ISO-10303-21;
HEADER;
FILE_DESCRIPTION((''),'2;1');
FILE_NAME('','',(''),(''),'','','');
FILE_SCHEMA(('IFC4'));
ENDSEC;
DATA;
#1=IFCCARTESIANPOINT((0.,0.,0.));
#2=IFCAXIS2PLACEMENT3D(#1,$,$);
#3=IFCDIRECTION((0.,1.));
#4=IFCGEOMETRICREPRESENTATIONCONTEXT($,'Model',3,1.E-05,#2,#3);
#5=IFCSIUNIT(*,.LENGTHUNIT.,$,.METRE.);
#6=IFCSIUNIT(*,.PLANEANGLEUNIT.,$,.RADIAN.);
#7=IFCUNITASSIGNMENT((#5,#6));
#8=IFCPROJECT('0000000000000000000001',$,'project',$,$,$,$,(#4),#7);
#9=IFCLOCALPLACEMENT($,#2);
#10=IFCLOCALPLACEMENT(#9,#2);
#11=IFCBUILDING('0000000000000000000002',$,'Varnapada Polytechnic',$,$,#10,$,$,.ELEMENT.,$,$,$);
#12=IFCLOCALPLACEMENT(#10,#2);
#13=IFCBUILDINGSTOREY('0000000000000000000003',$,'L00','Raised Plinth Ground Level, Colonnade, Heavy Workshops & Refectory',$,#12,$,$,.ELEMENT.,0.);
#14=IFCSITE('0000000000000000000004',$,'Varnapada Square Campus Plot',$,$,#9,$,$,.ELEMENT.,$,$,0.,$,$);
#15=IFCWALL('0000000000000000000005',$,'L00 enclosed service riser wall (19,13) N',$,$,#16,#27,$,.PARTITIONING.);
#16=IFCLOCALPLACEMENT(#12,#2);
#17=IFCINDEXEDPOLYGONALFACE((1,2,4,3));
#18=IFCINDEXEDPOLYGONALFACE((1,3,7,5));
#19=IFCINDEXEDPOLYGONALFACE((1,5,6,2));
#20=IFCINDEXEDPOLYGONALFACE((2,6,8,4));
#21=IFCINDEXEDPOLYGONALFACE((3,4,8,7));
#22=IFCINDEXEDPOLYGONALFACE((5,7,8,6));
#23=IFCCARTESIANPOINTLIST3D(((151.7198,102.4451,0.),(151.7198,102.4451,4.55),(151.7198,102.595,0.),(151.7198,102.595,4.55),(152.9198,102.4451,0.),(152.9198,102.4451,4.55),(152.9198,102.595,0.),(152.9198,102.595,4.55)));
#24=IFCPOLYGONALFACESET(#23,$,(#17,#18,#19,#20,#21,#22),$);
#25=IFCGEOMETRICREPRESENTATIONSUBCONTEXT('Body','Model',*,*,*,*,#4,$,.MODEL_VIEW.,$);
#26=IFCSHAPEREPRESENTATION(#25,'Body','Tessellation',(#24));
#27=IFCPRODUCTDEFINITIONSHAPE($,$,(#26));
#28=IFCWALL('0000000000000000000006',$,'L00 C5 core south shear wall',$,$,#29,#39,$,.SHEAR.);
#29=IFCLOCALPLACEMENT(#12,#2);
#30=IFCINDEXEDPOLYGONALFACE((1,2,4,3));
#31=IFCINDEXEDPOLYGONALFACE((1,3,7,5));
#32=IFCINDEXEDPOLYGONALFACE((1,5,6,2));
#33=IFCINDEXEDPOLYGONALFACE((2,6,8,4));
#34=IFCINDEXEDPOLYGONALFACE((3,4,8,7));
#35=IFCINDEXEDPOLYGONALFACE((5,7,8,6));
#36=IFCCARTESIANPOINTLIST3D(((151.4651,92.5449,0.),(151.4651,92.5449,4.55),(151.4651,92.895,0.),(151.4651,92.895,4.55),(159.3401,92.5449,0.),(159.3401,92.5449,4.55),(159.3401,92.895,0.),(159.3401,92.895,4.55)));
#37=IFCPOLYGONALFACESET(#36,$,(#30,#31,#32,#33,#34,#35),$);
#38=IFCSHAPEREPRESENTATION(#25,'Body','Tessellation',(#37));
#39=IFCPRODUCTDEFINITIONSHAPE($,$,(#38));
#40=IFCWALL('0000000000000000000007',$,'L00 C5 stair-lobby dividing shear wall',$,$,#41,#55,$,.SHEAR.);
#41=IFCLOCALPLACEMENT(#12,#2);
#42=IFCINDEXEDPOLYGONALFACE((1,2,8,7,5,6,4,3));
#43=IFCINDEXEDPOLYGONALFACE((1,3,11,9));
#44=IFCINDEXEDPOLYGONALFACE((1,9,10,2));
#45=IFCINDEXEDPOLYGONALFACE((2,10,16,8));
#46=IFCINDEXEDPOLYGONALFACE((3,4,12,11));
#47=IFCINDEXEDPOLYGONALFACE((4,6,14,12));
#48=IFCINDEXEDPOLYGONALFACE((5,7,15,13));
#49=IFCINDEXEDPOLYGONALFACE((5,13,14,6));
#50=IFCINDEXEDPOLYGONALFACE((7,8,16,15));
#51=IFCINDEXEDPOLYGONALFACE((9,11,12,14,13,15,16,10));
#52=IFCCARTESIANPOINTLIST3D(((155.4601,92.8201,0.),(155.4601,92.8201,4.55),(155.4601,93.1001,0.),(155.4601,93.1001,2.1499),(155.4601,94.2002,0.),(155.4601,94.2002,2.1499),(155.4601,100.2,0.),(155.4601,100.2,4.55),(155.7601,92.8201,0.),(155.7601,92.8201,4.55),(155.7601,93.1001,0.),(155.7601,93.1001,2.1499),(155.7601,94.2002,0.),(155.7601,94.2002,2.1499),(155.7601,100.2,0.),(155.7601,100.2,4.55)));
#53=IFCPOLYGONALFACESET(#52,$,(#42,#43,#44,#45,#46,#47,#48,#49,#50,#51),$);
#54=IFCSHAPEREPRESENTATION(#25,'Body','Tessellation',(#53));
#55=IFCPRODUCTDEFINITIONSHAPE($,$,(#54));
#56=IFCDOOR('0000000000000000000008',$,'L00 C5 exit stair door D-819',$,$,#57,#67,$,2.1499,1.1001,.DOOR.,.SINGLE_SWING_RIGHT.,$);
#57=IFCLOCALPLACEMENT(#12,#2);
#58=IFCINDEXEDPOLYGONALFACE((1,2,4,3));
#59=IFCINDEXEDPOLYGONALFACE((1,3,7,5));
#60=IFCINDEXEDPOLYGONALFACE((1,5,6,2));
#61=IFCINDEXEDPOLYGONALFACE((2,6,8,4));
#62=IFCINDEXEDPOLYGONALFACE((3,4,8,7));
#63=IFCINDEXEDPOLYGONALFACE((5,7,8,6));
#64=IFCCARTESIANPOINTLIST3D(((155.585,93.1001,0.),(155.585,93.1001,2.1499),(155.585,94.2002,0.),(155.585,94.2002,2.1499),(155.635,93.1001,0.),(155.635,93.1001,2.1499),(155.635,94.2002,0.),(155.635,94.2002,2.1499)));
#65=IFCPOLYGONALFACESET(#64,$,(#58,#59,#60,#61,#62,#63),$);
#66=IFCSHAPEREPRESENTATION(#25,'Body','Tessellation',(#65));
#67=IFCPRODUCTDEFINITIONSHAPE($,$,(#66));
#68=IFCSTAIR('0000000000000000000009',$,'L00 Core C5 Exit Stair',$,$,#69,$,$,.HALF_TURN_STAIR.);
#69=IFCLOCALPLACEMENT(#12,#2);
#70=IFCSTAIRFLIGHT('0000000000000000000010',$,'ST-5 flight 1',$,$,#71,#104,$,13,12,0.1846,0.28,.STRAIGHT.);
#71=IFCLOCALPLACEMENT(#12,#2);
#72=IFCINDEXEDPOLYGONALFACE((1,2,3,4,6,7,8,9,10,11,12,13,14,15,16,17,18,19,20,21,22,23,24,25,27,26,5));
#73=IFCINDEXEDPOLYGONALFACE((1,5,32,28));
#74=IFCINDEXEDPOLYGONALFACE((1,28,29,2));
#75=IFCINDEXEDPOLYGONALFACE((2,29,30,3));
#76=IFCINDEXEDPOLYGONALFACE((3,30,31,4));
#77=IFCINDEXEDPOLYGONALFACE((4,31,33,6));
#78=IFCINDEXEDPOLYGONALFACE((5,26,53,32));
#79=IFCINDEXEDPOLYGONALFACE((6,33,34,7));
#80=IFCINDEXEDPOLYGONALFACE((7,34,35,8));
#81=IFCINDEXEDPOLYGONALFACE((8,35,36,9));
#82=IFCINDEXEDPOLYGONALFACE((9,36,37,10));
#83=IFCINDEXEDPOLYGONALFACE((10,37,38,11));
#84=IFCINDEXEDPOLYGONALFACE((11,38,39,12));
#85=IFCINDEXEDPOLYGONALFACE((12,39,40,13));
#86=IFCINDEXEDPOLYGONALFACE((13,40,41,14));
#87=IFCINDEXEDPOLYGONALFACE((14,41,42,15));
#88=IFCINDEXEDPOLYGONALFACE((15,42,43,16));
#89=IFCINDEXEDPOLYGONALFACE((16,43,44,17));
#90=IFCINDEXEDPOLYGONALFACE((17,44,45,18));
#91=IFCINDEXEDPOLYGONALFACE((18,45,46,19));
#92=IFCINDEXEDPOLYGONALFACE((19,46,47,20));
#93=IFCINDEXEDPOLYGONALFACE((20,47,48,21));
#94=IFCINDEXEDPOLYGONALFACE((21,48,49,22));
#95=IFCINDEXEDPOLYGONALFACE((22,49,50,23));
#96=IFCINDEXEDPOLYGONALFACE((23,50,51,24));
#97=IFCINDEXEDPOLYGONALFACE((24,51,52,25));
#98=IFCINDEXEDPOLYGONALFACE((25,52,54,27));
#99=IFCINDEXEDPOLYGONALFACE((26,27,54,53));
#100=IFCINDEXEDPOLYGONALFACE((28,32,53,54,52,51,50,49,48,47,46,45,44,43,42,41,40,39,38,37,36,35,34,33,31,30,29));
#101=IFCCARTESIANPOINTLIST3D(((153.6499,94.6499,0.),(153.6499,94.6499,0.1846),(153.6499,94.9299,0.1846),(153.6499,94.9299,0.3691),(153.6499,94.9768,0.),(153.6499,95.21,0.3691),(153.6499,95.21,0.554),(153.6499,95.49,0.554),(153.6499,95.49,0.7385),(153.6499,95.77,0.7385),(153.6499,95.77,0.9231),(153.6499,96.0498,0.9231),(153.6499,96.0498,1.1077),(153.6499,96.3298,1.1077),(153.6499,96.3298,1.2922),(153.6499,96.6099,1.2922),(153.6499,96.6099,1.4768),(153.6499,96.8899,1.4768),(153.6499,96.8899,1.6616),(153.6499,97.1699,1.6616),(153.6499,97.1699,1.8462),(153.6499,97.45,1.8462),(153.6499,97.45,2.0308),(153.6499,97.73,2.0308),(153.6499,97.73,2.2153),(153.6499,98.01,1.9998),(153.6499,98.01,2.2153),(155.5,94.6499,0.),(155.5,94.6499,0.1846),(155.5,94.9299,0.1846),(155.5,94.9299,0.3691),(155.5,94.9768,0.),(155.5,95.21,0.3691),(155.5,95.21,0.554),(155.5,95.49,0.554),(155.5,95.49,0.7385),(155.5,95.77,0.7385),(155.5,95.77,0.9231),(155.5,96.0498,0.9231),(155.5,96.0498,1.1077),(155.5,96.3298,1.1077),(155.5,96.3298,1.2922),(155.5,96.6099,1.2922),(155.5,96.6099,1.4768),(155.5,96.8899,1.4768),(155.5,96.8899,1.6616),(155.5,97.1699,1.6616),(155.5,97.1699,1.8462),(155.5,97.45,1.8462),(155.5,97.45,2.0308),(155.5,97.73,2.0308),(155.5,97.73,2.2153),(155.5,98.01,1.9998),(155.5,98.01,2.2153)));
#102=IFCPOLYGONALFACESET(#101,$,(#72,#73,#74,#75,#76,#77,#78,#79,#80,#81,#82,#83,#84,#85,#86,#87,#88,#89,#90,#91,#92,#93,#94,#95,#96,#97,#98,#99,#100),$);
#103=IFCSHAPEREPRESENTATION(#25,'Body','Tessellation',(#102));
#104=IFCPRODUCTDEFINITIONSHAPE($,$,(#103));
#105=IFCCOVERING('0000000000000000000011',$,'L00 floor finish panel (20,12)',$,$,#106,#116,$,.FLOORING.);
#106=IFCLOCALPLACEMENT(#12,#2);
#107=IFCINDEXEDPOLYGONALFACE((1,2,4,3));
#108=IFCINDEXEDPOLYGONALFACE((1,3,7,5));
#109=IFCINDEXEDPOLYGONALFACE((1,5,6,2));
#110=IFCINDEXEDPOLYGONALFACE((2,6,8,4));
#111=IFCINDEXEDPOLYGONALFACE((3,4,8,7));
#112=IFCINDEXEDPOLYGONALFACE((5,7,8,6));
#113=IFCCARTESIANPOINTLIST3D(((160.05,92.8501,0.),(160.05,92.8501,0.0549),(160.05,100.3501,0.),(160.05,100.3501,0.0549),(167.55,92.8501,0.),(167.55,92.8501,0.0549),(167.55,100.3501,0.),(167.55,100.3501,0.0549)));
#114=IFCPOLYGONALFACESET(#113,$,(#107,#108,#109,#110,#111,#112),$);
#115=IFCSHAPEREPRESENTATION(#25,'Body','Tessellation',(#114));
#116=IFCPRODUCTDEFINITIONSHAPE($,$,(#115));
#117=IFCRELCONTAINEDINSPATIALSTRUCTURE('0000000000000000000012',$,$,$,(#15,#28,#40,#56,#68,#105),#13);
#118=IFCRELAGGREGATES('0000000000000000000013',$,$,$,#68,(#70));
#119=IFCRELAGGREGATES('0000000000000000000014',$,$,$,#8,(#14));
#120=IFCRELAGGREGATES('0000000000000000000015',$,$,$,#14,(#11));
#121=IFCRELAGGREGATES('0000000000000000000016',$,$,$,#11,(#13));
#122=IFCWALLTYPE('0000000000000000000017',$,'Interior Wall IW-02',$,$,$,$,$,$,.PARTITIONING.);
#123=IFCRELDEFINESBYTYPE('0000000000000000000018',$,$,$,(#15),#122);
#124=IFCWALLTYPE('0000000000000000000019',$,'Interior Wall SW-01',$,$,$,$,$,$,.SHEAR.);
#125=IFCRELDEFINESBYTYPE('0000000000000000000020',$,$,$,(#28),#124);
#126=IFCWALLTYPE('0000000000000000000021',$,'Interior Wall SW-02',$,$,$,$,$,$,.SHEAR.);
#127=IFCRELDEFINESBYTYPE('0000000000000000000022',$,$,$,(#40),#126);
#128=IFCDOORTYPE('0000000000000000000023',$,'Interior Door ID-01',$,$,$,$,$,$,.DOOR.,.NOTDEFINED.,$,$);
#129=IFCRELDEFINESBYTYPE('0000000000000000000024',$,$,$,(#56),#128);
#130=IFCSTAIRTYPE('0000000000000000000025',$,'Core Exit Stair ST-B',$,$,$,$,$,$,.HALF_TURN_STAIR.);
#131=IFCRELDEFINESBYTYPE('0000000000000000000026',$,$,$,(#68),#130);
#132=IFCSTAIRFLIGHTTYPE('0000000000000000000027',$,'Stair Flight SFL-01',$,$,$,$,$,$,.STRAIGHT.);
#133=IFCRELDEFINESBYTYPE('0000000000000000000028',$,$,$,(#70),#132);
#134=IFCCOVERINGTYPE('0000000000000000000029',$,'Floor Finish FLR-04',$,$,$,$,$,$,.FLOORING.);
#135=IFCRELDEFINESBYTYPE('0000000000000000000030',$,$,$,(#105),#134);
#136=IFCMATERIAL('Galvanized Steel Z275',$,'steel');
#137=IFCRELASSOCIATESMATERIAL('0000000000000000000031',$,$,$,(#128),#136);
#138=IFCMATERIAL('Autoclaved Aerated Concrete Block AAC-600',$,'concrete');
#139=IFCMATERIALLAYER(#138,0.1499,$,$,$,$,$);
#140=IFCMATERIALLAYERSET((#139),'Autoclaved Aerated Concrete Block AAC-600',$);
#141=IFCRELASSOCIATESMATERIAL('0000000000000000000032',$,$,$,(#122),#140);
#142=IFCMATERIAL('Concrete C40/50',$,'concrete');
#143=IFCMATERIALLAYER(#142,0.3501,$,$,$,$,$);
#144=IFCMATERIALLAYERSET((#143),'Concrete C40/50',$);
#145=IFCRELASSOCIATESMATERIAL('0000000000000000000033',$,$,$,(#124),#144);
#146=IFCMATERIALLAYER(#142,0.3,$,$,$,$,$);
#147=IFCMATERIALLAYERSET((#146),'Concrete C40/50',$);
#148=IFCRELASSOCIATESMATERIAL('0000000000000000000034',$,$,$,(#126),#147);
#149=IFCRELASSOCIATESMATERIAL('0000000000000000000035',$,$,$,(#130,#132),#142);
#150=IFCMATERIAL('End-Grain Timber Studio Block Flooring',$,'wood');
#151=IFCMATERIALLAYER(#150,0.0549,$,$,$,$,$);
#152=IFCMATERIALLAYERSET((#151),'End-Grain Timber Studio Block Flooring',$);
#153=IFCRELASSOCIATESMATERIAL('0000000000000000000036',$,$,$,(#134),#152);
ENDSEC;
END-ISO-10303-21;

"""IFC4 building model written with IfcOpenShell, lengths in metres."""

from ifc_helpers import new_model, si_unit, direction, frame, frame_2d, origin, origin_2d, place, context, subcontext, project, spatial, polyline, rectangle, outline, extrude, material, layer, layer_set, type_object, element, fill, aggregate, save


model = new_model("IFC4")

# Units and contexts
model_context = context("Model", 3, precision=1e-05, world=origin(), true_north=direction((0.0, 1.0)))
body_context = subcontext(model_context, "Body", "Model", "MODEL_VIEW")
ifc_project = project(units=[si_unit("LENGTHUNIT", "METRE"), si_unit("PLANEANGLEUNIT", "RADIAN")], contexts=[model_context])

# Site, building, storey
site_placement = place(None, origin())
site = spatial("IfcSite", under=ifc_project, at=site_placement, Name="Varnapada Square Campus Plot", CompositionType="ELEMENT", RefElevation=0.0)
building_placement = place(site_placement, origin())
building = spatial("IfcBuilding", under=site, at=building_placement, Name="Varnapada Polytechnic", CompositionType="ELEMENT")
storey_placement = place(building_placement, origin())
storey = spatial("IfcBuildingStorey", under=building, at=storey_placement, Name="L00", Description="Raised Plinth Ground Level, Colonnade, Heavy Workshops & Refectory", CompositionType="ELEMENT", Elevation=0.0)

# Shared definitions
ifc_material_1 = material(Name="Concrete C40/50", Category="concrete")

# Shared definitions
ifc_material_2 = material(Name="Autoclaved Aerated Concrete Block AAC-600", Category="concrete")
ifc_material_3 = material(Name="Galvanized Steel Z275", Category="steel")
door_type_1 = type_object("IfcDoorType", Name="Interior Door ID-01", OperationType="NOTDEFINED", PredefinedType="DOOR", material=ifc_material_3)

# Walls
ifc_layer_1 = layer(ifc_material_2, 0.1499)
ifc_layer_set_1 = layer_set([ifc_layer_1], Name="Autoclaved Aerated Concrete Block AAC-600")
wall_type_1 = type_object("IfcWallType", Name="Interior Wall IW-02", PredefinedType="PARTITIONING", material=ifc_layer_set_1)
wall_1_placement = place(storey_placement, frame((152.9199, 102.52, 0.0), z_axis=(0.0, 0.0, 1.0), x_axis=(-1.0, 0.0, 0.0)))
element("IfcWall", 1, at=wall_1_placement, inside=storey, type_object=wall_type_1, Name="L00 enclosed service riser wall (19,13) N", PredefinedType="PARTITIONING", context=body_context, shape_type="SweptSolid", body=[
    extrude(rectangle(XDim=1.2, YDim=0.1499, at=frame_2d((0.6001, 0.0))), origin(), (0.0, 0.0, 1.0), 4.55),
])
ifc_layer_2 = layer(ifc_material_1, 0.3501)
ifc_layer_set_2 = layer_set([ifc_layer_2], Name="Concrete C40/50")
wall_type_2 = type_object("IfcWallType", Name="Interior Wall SW-01", PredefinedType="SHEAR", material=ifc_layer_set_2)
wall_2_placement = place(storey_placement, frame((159.3401, 92.72, 0.0), z_axis=(0.0, 0.0, 1.0), x_axis=(-1.0, 0.0, 0.0)))
element("IfcWall", 2, at=wall_2_placement, inside=storey, type_object=wall_type_2, Name="L00 C5 core south shear wall", PredefinedType="SHEAR", context=body_context, shape_type="SweptSolid", body=[
    extrude(rectangle(XDim=7.875, YDim=0.3501, at=frame_2d((3.9375, 0.0))), origin(), (0.0, 0.0, 1.0), 4.55),
])

# Wall, opening, door
ifc_layer_3 = layer(ifc_material_1, 0.3)
ifc_layer_set_3 = layer_set([ifc_layer_3], Name="Concrete C40/50")
wall_type_3 = type_object("IfcWallType", Name="Interior Wall SW-02", PredefinedType="SHEAR", material=ifc_layer_set_3)
wall_3_placement = place(storey_placement, frame((155.6101, 92.8201, 0.0), z_axis=(0.0, 0.0, 1.0), x_axis=(0.0, 1.0, 0.0)))
wall_3 = element("IfcWall", 3, at=wall_3_placement, inside=storey, type_object=wall_type_3, Name="L00 C5 stair-lobby dividing shear wall", PredefinedType="SHEAR", context=body_context, shape_type="SweptSolid", body=[
    extrude(rectangle(XDim=7.3799, YDim=0.3, at=frame_2d((3.6899, 0.0))), origin(), (0.0, 0.0, 1.0), 4.55),
])
opening_1_placement = place(wall_3_placement, frame((0.28, 0.0, 0.0)))
opening_1 = element("IfcOpeningElement", 4, at=opening_1_placement, cuts=wall_3, PredefinedType="OPENING", context=body_context, shape_type="SweptSolid", body=[
    extrude(rectangle(XDim=1.1001, YDim=2.1499, at=frame_2d((0.55, 1.075))), frame((0.0, 0.1599, 0.0), z_axis=(0.0, -1.0, 0.0), x_axis=(1.0, 0.0, 0.0)), (0.0, 0.0, 1.0), 0.3201),
])
door_1_placement = place(opening_1_placement, frame((1.1001, 0.0, 0.0), z_axis=(0.0, 0.0, 1.0), x_axis=(-1.0, 0.0, 0.0)))
door_1 = element("IfcDoor", 5, at=door_1_placement, inside=storey, type_object=door_type_1, Name="L00 C5 exit stair door D-819", OperationType="SINGLE_SWING_RIGHT", OverallHeight=2.1499, OverallWidth=1.1001, PredefinedType="DOOR", context=body_context, shape_type="SweptSolid", body=[
    extrude(rectangle(XDim=1.1001, YDim=2.1499, at=frame_2d((0.55, 1.075))), frame((0.0, 0.0249, 0.0), z_axis=(0.0, -1.0, 0.0), x_axis=(1.0, 0.0, 0.0)), (0.0, 0.0, 1.0), 0.05),
])
fill(opening_1, door_1)

# Stair, stair flight
stair_type = type_object("IfcStairType", Name="Core Exit Stair ST-B", PredefinedType="HALF_TURN_STAIR", material=ifc_material_1)
stair_placement = place(storey_placement, origin())
stair = element("IfcStair", 6, at=stair_placement, inside=storey, type_object=stair_type, Name="L00 Core C5 Exit Stair", PredefinedType="HALF_TURN_STAIR")
stair_flight_type = type_object("IfcStairFlightType", Name="Stair Flight SFL-01", PredefinedType="STRAIGHT", material=ifc_material_1)
stair_flight_placement = place(storey_placement, frame((154.575, 94.6499, 0.0), z_axis=(0.0, 0.0, 1.0), x_axis=(0.0, 1.0, 0.0)))
stair_flight = element("IfcStairFlight", 7, at=stair_flight_placement, type_object=stair_flight_type, Name="ST-5 flight 1", NumberOfRisers=13, NumberOfTreads=12, PredefinedType="STRAIGHT", RiserHeight=0.1846, TreadLength=0.28, context=body_context, shape_type="SweptSolid", body=[
    extrude(outline(polyline([(0.0, 0.0), (0.0, 0.1846), (0.28, 0.1846), (0.28, 0.3691), (0.5601, 0.3691), (0.5601, 0.554), (0.8401, 0.554), (0.8401, 0.7385), (1.1201, 0.7385), (1.1201, 0.9231), (1.3999, 0.9231), (1.3999, 1.1077), (1.6799, 1.1077), (1.6799, 1.2922), (1.96, 1.2922), (1.96, 1.4768), (2.24, 1.4768), (2.24, 1.6616), (2.52, 1.6616), (2.52, 1.8462), (2.8, 1.8462), (2.8, 2.0308), (3.0801, 2.0308), (3.0801, 2.2153), (3.3601, 2.2153), (3.3601, 2.3999), (3.3601, 1.9998), (0.3269, 0.0), (0.0, 0.0)])), frame((0.0, 0.925, 0.0), z_axis=(0.0, -1.0, 0.0), x_axis=(1.0, 0.0, 0.0)), (0.0, 0.0, 1.0), 1.8501),
])
aggregate(stair, [stair_flight])

# Covering
ifc_material_4 = material(Name="End-Grain Timber Studio Block Flooring", Category="wood")
ifc_layer_4 = layer(ifc_material_4, 0.0549)
ifc_layer_set_4 = layer_set([ifc_layer_4], Name="End-Grain Timber Studio Block Flooring")
covering_type_1 = type_object("IfcCoveringType", Name="Floor Finish FLR-04", PredefinedType="FLOORING", material=ifc_layer_set_4)
covering_1_placement = place(storey_placement, frame((163.8, 96.6001, 0.0), z_axis=(0.0, 0.0, 1.0), x_axis=(1.0, 0.0, 0.0)))
element("IfcCovering", 8, at=covering_1_placement, inside=storey, type_object=covering_type_1, Name="L00 floor finish panel (20,12)", PredefinedType="FLOORING", context=body_context, shape_type="SweptSolid", body=[
    extrude(rectangle(XDim=7.5, YDim=7.5, at=origin_2d()), origin(), (0.0, 0.0, 1.0), 0.0549),
])

save(model, "model.ifc")
